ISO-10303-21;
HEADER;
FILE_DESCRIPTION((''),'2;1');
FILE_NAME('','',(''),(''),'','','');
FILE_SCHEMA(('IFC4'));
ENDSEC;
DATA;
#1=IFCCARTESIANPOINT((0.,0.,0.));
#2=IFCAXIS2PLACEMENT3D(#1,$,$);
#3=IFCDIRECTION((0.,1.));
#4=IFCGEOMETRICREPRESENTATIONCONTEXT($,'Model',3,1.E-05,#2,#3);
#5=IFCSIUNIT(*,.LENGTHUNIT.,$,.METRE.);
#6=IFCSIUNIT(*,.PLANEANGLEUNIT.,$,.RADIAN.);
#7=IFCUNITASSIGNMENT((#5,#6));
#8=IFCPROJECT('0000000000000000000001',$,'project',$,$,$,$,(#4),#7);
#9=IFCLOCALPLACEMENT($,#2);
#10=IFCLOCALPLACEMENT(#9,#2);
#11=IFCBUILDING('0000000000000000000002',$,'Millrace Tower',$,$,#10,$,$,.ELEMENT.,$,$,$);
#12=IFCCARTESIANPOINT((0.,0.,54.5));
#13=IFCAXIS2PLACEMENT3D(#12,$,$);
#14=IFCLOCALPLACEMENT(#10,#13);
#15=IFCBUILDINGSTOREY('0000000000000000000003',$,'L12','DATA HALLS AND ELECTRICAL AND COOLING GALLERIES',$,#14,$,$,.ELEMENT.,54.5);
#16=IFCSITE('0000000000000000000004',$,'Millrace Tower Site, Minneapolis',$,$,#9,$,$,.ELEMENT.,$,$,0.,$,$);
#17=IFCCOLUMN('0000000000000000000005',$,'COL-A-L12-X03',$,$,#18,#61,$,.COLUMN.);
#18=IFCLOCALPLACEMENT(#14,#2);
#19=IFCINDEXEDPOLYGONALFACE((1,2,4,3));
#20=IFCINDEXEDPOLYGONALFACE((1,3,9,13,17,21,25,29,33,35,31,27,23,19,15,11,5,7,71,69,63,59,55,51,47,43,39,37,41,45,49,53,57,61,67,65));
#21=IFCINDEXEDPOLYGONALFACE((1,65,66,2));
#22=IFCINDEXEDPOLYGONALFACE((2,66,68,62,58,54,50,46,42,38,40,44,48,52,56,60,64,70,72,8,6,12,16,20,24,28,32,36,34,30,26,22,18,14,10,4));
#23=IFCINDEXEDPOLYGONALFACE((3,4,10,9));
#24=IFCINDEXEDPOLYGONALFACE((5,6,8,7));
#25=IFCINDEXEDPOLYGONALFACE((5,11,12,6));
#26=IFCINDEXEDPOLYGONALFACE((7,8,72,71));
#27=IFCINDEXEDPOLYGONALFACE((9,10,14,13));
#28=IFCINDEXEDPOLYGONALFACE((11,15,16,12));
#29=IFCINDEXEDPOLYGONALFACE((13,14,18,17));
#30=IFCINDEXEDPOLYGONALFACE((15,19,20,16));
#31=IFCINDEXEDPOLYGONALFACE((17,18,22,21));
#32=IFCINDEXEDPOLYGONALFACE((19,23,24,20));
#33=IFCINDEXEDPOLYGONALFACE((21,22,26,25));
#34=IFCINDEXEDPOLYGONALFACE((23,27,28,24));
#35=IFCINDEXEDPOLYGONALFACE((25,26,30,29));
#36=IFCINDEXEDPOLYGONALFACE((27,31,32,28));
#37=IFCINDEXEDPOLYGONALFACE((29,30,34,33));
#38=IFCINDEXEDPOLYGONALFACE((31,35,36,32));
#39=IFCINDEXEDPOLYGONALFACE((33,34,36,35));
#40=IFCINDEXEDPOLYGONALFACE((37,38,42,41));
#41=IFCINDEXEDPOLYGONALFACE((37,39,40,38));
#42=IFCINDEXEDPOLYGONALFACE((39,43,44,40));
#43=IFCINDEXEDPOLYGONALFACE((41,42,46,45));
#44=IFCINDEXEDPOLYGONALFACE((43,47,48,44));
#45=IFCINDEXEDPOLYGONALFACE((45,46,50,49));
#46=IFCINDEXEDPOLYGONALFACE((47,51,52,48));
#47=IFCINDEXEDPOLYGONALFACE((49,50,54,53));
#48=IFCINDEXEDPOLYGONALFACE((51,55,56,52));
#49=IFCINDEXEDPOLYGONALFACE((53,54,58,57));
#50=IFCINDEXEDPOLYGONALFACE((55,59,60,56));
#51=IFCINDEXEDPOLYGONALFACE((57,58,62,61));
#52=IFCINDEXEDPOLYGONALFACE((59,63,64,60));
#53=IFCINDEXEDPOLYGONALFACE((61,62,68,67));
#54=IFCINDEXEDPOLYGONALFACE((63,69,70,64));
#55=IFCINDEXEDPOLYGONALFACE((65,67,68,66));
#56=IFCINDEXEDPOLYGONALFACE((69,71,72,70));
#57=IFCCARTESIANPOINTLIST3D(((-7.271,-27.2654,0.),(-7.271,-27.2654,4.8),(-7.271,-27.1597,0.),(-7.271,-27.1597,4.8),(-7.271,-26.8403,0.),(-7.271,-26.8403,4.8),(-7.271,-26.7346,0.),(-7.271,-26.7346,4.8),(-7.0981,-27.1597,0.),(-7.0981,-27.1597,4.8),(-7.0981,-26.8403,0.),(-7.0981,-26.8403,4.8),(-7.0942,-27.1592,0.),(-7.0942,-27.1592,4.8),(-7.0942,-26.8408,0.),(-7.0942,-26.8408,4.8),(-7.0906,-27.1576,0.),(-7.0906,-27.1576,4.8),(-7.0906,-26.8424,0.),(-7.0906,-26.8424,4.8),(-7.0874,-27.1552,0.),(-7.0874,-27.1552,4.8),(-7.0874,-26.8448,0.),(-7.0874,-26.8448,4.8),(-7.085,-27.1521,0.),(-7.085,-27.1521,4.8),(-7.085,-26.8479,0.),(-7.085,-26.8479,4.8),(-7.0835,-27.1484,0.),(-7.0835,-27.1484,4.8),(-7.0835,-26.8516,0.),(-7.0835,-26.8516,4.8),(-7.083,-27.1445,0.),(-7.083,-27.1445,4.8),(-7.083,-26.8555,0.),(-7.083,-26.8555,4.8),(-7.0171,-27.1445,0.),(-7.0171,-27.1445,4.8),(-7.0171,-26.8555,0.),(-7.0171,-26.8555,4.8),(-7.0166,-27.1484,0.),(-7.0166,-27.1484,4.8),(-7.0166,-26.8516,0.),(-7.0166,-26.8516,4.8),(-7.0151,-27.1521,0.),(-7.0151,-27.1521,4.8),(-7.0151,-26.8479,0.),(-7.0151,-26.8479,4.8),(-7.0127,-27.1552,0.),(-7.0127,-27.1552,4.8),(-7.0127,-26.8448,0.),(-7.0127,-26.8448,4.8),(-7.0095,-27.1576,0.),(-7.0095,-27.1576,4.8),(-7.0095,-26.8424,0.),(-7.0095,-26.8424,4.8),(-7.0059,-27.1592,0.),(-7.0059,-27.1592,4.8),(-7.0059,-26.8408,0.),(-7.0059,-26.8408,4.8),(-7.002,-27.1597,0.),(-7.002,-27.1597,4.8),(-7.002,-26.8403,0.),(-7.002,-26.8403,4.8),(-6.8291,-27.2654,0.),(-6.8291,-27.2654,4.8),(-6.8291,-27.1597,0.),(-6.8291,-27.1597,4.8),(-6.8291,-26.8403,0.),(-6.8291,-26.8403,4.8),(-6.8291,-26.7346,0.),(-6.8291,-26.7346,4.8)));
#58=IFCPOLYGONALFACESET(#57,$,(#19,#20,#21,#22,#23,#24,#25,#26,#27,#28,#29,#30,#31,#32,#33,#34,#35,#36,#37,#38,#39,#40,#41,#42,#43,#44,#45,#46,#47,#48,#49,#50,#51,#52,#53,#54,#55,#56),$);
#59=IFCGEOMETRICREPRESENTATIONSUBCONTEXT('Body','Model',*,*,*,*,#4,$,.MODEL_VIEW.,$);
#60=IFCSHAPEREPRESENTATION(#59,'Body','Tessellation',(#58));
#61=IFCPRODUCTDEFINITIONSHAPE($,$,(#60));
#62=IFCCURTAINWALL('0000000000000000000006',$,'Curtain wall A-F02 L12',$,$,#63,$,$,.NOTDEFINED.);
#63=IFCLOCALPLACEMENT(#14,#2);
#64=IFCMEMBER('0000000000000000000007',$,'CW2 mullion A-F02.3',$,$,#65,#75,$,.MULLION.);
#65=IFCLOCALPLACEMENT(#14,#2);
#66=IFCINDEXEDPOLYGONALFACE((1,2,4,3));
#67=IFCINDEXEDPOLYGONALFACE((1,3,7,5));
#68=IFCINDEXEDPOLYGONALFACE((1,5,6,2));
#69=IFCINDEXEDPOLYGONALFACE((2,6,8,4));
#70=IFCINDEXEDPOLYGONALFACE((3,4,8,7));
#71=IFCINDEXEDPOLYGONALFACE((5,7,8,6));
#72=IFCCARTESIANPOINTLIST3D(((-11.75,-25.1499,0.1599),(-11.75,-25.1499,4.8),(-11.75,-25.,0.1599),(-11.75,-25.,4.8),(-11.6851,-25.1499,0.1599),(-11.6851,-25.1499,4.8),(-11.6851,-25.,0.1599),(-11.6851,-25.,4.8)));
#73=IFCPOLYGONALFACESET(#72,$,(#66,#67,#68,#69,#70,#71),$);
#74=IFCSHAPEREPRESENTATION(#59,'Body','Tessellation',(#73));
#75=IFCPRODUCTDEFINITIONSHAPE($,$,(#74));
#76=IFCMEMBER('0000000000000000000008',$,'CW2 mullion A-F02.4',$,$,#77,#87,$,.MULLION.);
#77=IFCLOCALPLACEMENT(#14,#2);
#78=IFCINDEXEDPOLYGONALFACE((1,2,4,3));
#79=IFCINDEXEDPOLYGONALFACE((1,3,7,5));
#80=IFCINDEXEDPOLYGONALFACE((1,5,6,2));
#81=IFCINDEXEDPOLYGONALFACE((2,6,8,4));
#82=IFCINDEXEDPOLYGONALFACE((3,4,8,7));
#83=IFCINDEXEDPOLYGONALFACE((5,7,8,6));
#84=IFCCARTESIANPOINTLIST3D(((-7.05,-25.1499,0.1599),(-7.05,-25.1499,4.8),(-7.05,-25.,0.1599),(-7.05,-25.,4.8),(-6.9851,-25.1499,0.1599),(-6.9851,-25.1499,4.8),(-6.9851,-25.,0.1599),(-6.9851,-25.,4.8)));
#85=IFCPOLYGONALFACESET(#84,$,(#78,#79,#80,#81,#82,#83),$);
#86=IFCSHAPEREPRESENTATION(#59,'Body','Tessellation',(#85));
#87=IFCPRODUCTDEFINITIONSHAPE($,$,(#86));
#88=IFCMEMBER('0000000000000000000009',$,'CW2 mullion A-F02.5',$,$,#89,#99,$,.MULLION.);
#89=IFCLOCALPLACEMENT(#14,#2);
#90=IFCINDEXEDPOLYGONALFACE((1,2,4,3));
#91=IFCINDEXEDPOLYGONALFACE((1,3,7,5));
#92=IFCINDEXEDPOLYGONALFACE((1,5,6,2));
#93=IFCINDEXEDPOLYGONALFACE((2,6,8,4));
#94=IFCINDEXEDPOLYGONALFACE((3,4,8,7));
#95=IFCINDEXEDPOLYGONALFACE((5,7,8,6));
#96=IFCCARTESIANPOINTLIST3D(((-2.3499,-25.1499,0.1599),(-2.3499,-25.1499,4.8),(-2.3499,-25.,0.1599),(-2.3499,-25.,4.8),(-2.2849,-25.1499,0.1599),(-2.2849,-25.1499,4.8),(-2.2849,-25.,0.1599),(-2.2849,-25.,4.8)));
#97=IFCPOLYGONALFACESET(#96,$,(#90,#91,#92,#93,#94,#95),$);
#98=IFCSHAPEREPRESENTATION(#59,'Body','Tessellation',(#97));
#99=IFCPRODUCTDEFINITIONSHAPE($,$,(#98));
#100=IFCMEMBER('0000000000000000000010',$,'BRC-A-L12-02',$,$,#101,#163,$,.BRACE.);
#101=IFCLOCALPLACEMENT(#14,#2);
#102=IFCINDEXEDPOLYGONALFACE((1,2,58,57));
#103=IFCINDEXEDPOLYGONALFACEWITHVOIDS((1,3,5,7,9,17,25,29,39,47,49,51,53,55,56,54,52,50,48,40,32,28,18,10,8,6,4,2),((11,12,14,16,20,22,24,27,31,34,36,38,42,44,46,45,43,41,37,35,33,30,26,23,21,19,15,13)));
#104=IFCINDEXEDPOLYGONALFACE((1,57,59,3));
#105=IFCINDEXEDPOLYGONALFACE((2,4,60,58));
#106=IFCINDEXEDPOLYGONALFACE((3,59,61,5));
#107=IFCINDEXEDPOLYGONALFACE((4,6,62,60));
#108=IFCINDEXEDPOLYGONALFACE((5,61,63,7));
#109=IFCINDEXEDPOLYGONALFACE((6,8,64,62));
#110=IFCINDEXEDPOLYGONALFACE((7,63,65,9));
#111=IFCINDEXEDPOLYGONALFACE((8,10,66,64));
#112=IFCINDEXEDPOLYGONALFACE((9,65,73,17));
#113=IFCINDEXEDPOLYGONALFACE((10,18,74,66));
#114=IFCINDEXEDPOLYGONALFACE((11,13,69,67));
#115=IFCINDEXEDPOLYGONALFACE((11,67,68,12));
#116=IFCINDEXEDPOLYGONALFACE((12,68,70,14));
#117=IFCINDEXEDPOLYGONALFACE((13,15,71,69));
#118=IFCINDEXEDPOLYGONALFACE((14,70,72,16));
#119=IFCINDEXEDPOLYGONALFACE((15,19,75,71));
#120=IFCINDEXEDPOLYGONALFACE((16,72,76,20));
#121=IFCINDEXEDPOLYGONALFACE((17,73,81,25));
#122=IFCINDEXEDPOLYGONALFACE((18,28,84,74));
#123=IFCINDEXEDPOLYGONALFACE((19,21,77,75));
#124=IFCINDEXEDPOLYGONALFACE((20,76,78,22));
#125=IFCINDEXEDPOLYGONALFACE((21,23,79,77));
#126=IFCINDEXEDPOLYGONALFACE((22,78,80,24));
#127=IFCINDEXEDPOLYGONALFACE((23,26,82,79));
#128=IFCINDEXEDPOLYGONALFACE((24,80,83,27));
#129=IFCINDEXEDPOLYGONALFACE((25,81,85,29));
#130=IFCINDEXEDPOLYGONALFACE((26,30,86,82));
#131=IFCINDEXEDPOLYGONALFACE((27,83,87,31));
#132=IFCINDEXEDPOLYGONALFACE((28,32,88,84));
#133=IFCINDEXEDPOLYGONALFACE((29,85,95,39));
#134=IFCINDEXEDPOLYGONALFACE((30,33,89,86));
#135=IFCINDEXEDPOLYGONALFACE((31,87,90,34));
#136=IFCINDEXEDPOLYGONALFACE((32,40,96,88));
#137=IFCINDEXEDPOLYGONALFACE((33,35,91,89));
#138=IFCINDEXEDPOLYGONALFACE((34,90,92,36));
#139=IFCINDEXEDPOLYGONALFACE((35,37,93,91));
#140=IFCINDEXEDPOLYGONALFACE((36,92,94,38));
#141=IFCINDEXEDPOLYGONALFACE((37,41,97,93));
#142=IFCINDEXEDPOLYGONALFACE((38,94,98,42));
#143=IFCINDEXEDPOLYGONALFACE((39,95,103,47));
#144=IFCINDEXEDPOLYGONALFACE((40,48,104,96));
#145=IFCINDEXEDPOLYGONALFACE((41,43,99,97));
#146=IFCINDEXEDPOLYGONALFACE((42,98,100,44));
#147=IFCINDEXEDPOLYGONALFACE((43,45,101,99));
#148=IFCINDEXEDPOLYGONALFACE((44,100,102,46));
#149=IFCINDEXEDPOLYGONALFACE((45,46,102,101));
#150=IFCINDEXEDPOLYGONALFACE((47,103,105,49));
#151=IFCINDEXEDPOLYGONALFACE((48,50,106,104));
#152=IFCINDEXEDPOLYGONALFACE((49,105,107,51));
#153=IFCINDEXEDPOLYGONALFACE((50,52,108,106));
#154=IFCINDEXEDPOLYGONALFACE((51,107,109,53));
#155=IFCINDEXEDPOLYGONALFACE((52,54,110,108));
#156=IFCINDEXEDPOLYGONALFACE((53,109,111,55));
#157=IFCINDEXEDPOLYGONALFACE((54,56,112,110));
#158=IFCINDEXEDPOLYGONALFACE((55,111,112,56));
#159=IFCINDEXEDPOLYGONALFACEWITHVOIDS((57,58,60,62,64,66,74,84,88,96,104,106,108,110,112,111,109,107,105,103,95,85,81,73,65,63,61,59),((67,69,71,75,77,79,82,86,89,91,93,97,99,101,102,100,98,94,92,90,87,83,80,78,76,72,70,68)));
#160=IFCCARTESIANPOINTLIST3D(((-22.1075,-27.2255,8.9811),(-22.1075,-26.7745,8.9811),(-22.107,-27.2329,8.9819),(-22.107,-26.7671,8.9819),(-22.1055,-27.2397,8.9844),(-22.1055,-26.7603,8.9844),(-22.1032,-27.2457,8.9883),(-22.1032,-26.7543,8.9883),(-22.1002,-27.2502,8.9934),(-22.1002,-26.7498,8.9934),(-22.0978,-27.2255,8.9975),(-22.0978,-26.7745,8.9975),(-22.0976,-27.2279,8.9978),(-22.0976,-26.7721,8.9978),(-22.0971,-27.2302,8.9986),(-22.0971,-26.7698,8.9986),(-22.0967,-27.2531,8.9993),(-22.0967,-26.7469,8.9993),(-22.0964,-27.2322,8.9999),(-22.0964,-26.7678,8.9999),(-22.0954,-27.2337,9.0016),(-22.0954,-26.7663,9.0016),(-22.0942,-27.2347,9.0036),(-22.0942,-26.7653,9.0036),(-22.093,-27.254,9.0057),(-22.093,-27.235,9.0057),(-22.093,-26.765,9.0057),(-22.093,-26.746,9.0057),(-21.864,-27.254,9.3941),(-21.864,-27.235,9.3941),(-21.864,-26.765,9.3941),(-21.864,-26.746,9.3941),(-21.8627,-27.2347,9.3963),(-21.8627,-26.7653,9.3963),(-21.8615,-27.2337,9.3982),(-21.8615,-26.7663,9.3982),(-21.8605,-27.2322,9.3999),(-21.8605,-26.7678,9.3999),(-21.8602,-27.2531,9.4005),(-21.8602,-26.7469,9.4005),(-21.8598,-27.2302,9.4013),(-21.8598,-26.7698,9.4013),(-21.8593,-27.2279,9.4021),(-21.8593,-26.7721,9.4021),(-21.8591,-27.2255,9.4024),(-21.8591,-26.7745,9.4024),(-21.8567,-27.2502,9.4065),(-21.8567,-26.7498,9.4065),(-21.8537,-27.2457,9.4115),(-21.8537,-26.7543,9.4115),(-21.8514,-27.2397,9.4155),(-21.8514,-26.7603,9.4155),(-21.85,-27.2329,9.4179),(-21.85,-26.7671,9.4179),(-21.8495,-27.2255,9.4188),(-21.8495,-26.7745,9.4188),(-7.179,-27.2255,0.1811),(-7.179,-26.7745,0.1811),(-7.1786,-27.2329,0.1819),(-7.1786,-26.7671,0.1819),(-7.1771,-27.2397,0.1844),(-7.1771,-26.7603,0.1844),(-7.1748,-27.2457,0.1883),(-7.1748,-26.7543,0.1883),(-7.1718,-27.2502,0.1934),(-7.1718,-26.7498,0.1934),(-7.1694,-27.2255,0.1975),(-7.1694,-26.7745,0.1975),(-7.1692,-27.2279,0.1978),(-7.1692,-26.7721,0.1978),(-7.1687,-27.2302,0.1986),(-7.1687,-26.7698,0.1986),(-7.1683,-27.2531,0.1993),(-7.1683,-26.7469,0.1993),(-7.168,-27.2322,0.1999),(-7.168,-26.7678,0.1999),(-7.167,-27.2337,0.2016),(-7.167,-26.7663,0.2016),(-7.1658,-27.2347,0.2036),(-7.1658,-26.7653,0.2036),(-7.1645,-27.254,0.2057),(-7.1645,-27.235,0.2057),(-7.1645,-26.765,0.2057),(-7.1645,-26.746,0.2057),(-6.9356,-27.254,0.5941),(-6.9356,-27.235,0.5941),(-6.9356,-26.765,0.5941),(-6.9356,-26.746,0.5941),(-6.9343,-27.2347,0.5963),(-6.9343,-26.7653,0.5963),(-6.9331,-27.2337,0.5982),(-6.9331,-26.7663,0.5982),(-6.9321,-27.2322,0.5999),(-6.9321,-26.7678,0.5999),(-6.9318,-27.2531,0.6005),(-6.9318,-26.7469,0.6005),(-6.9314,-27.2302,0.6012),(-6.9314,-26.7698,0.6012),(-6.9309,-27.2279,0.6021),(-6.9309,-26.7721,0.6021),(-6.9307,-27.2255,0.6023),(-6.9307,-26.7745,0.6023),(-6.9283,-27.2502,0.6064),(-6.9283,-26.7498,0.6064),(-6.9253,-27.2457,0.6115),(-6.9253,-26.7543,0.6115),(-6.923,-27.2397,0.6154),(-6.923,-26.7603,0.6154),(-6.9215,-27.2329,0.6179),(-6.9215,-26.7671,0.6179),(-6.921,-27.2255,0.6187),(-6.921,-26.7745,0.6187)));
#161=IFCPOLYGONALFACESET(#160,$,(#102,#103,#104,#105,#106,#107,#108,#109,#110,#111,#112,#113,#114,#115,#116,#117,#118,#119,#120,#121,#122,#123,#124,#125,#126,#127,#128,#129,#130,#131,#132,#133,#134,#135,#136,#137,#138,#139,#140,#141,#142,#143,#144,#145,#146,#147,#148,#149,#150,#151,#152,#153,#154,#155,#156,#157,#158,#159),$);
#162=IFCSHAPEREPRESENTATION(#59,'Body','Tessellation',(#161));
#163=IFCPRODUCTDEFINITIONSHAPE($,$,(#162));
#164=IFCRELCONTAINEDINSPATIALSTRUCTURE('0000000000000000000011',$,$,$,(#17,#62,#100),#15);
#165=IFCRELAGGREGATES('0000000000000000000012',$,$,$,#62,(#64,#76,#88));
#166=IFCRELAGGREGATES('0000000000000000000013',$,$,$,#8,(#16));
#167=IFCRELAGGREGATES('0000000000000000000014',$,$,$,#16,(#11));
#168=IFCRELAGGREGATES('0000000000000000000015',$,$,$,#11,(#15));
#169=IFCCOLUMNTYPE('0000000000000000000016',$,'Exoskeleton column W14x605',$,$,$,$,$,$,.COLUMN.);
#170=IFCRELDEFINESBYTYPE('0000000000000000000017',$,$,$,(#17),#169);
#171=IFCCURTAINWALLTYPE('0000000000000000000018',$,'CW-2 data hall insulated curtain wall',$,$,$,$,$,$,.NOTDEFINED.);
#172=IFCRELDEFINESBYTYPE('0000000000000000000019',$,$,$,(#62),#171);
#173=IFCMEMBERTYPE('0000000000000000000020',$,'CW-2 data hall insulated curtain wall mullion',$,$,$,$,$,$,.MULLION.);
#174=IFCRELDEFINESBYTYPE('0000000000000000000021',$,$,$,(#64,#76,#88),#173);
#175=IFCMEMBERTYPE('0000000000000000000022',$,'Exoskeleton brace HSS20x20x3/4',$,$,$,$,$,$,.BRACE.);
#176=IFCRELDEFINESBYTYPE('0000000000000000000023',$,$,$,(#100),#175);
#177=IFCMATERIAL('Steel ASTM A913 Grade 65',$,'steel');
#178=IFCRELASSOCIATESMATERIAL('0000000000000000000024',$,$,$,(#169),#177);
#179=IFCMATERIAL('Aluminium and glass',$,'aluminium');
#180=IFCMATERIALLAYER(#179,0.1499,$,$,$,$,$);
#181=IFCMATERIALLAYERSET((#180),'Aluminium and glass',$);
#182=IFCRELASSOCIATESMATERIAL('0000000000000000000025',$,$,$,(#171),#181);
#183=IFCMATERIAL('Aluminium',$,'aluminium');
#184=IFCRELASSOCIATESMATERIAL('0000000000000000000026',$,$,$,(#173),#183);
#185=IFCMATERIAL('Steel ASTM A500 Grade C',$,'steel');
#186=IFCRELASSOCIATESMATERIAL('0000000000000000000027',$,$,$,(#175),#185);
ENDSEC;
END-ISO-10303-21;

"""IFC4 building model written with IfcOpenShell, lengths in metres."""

from ifc_helpers import new_model, si_unit, direction, frame, origin, origin_2d, place, context, subcontext, project, spatial, rectangle, hollow_rectangle, i_section, extrude, material, layer, layer_set, material_profile, profile_set, type_object, element, aggregate, save


model = new_model("IFC4")

# Units and contexts
model_context = context("Model", 3, precision=1e-05, world=origin(), true_north=direction((0.0, 1.0)))
body_context = subcontext(model_context, "Body", "Model", "MODEL_VIEW")
ifc_project = project(units=[si_unit("LENGTHUNIT", "METRE"), si_unit("PLANEANGLEUNIT", "RADIAN")], contexts=[model_context])

# Site, building, storey
site_placement = place(None, origin())
site = spatial("IfcSite", under=ifc_project, at=site_placement, Name="Millrace Tower Site, Minneapolis", CompositionType="ELEMENT", RefElevation=0.0)
building_placement = place(site_placement, origin())
building = spatial("IfcBuilding", under=site, at=building_placement, Name="Millrace Tower", CompositionType="ELEMENT")
storey_placement = place(building_placement, frame((0.0, 0.0, 54.5)))
storey = spatial("IfcBuildingStorey", under=building, at=storey_placement, Name="L12", Description="DATA HALLS AND ELECTRICAL AND COOLING GALLERIES", CompositionType="ELEMENT", Elevation=54.5)

# Column
ifc_material_1 = material(Name="Steel ASTM A913 Grade 65", Category="steel")
ifc_material_profile_1 = material_profile(ifc_material_1, i_section(OverallWidth=0.4419, OverallDepth=0.5308, WebThickness=0.0659, FlangeThickness=0.1057, FilletRadius=0.0151, at=origin_2d()))
ifc_profile_set_1 = profile_set([ifc_material_profile_1], Name="Steel ASTM A913 Grade 65")
column_type = type_object("IfcColumnType", Name="Exoskeleton column W14x605", PredefinedType="COLUMN", material=ifc_profile_set_1)
column_placement = place(storey_placement, frame((-7.05, -27.0, 0.0), z_axis=(0.0, 0.0, 1.0), x_axis=(1.0, 0.0, 0.0)))
element("IfcColumn", 1, at=column_placement, inside=storey, type_object=column_type, Name="COL-A-L12-X03", PredefinedType="COLUMN", context=body_context, shape_type="SweptSolid", body=[
    extrude(i_section(OverallWidth=0.4419, OverallDepth=0.5308, WebThickness=0.0659, FlangeThickness=0.1057, FilletRadius=0.0151, at=origin_2d()), origin(), (0.0, 0.0, 1.0), 4.8),
])

# Curtain wall, members
ifc_material_2 = material(Name="Aluminium and glass", Category="aluminium")
ifc_layer_1 = layer(ifc_material_2, 0.1499)
ifc_layer_set_1 = layer_set([ifc_layer_1], Name="Aluminium and glass")
curtain_wall_type = type_object("IfcCurtainWallType", Name="CW-2 data hall insulated curtain wall", PredefinedType="NOTDEFINED", material=ifc_layer_set_1)
curtain_wall_placement = place(storey_placement, origin())
curtain_wall = element("IfcCurtainWall", 2, at=curtain_wall_placement, inside=storey, type_object=curtain_wall_type, Name="Curtain wall A-F02 L12", PredefinedType="NOTDEFINED")
ifc_material_3 = material(Name="Aluminium", Category="aluminium")
ifc_material_profile_2 = material_profile(ifc_material_3, rectangle(XDim=0.0649, YDim=0.1499, at=origin_2d()))
ifc_profile_set_2 = profile_set([ifc_material_profile_2], Name="Aluminium")
member_type_1 = type_object("IfcMemberType", Name="CW-2 data hall insulated curtain wall mullion", PredefinedType="MULLION", material=ifc_profile_set_2)
member_1_placement = place(storey_placement, frame((-11.7175, -25.075, 0.1599), z_axis=(0.0, 0.0, 1.0), x_axis=(1.0, 0.0, 0.0)))
member_1 = element("IfcMember", 3, at=member_1_placement, type_object=member_type_1, Name="CW2 mullion A-F02.3", PredefinedType="MULLION", context=body_context, shape_type="SweptSolid", body=[
    extrude(rectangle(XDim=0.0649, YDim=0.1499, at=origin_2d()), origin(), (0.0, 0.0, 1.0), 4.6401),
])
member_2_placement = place(storey_placement, frame((-7.0176, -25.075, 0.1599), z_axis=(0.0, 0.0, 1.0), x_axis=(1.0, 0.0, 0.0)))
member_2 = element("IfcMember", 4, at=member_2_placement, type_object=member_type_1, Name="CW2 mullion A-F02.4", PredefinedType="MULLION", context=body_context, shape_type="SweptSolid", body=[
    extrude(rectangle(XDim=0.0649, YDim=0.1499, at=origin_2d()), origin(), (0.0, 0.0, 1.0), 4.6401),
])
member_3_placement = place(storey_placement, frame((-2.3174, -25.075, 0.1599), z_axis=(0.0, 0.0, 1.0), x_axis=(1.0, 0.0, 0.0)))
member_3 = element("IfcMember", 5, at=member_3_placement, type_object=member_type_1, Name="CW2 mullion A-F02.5", PredefinedType="MULLION", context=body_context, shape_type="SweptSolid", body=[
    extrude(rectangle(XDim=0.0649, YDim=0.1499, at=origin_2d()), origin(), (0.0, 0.0, 1.0), 4.6401),
])
aggregate(curtain_wall, [member_1, member_2, member_3])

# Member
ifc_material_4 = material(Name="Steel ASTM A500 Grade C", Category="steel")
ifc_material_profile_3 = material_profile(ifc_material_4, hollow_rectangle(XDim=0.5081, YDim=0.5081, WallThickness=0.019, InnerFilletRadius=0.0095, OuterFilletRadius=0.0286, at=origin_2d()))
ifc_profile_set_3 = profile_set([ifc_material_profile_3], Name="Steel ASTM A500 Grade C")
member_type_2 = type_object("IfcMemberType", Name="Exoskeleton brace HSS20x20x3/4", PredefinedType="BRACE", material=ifc_profile_set_3)
member_4_placement = place(storey_placement, frame((-7.05, -27.0, 0.3999), z_axis=(-0.861465, 0.0, 0.507817), x_axis=(0.0, -1.0, 0.0)))
element("IfcMember", 6, at=member_4_placement, inside=storey, type_object=member_type_2, Name="BRC-A-L12-02", PredefinedType="BRACE", context=body_context, shape_type="SweptSolid", body=[
    extrude(hollow_rectangle(XDim=0.5081, YDim=0.5081, WallThickness=0.019, InnerFilletRadius=0.0095, OuterFilletRadius=0.0286, at=origin_2d()), origin(), (0.0, 0.0, 1.0), 17.3291),
])

save(model, "model.ifc")
